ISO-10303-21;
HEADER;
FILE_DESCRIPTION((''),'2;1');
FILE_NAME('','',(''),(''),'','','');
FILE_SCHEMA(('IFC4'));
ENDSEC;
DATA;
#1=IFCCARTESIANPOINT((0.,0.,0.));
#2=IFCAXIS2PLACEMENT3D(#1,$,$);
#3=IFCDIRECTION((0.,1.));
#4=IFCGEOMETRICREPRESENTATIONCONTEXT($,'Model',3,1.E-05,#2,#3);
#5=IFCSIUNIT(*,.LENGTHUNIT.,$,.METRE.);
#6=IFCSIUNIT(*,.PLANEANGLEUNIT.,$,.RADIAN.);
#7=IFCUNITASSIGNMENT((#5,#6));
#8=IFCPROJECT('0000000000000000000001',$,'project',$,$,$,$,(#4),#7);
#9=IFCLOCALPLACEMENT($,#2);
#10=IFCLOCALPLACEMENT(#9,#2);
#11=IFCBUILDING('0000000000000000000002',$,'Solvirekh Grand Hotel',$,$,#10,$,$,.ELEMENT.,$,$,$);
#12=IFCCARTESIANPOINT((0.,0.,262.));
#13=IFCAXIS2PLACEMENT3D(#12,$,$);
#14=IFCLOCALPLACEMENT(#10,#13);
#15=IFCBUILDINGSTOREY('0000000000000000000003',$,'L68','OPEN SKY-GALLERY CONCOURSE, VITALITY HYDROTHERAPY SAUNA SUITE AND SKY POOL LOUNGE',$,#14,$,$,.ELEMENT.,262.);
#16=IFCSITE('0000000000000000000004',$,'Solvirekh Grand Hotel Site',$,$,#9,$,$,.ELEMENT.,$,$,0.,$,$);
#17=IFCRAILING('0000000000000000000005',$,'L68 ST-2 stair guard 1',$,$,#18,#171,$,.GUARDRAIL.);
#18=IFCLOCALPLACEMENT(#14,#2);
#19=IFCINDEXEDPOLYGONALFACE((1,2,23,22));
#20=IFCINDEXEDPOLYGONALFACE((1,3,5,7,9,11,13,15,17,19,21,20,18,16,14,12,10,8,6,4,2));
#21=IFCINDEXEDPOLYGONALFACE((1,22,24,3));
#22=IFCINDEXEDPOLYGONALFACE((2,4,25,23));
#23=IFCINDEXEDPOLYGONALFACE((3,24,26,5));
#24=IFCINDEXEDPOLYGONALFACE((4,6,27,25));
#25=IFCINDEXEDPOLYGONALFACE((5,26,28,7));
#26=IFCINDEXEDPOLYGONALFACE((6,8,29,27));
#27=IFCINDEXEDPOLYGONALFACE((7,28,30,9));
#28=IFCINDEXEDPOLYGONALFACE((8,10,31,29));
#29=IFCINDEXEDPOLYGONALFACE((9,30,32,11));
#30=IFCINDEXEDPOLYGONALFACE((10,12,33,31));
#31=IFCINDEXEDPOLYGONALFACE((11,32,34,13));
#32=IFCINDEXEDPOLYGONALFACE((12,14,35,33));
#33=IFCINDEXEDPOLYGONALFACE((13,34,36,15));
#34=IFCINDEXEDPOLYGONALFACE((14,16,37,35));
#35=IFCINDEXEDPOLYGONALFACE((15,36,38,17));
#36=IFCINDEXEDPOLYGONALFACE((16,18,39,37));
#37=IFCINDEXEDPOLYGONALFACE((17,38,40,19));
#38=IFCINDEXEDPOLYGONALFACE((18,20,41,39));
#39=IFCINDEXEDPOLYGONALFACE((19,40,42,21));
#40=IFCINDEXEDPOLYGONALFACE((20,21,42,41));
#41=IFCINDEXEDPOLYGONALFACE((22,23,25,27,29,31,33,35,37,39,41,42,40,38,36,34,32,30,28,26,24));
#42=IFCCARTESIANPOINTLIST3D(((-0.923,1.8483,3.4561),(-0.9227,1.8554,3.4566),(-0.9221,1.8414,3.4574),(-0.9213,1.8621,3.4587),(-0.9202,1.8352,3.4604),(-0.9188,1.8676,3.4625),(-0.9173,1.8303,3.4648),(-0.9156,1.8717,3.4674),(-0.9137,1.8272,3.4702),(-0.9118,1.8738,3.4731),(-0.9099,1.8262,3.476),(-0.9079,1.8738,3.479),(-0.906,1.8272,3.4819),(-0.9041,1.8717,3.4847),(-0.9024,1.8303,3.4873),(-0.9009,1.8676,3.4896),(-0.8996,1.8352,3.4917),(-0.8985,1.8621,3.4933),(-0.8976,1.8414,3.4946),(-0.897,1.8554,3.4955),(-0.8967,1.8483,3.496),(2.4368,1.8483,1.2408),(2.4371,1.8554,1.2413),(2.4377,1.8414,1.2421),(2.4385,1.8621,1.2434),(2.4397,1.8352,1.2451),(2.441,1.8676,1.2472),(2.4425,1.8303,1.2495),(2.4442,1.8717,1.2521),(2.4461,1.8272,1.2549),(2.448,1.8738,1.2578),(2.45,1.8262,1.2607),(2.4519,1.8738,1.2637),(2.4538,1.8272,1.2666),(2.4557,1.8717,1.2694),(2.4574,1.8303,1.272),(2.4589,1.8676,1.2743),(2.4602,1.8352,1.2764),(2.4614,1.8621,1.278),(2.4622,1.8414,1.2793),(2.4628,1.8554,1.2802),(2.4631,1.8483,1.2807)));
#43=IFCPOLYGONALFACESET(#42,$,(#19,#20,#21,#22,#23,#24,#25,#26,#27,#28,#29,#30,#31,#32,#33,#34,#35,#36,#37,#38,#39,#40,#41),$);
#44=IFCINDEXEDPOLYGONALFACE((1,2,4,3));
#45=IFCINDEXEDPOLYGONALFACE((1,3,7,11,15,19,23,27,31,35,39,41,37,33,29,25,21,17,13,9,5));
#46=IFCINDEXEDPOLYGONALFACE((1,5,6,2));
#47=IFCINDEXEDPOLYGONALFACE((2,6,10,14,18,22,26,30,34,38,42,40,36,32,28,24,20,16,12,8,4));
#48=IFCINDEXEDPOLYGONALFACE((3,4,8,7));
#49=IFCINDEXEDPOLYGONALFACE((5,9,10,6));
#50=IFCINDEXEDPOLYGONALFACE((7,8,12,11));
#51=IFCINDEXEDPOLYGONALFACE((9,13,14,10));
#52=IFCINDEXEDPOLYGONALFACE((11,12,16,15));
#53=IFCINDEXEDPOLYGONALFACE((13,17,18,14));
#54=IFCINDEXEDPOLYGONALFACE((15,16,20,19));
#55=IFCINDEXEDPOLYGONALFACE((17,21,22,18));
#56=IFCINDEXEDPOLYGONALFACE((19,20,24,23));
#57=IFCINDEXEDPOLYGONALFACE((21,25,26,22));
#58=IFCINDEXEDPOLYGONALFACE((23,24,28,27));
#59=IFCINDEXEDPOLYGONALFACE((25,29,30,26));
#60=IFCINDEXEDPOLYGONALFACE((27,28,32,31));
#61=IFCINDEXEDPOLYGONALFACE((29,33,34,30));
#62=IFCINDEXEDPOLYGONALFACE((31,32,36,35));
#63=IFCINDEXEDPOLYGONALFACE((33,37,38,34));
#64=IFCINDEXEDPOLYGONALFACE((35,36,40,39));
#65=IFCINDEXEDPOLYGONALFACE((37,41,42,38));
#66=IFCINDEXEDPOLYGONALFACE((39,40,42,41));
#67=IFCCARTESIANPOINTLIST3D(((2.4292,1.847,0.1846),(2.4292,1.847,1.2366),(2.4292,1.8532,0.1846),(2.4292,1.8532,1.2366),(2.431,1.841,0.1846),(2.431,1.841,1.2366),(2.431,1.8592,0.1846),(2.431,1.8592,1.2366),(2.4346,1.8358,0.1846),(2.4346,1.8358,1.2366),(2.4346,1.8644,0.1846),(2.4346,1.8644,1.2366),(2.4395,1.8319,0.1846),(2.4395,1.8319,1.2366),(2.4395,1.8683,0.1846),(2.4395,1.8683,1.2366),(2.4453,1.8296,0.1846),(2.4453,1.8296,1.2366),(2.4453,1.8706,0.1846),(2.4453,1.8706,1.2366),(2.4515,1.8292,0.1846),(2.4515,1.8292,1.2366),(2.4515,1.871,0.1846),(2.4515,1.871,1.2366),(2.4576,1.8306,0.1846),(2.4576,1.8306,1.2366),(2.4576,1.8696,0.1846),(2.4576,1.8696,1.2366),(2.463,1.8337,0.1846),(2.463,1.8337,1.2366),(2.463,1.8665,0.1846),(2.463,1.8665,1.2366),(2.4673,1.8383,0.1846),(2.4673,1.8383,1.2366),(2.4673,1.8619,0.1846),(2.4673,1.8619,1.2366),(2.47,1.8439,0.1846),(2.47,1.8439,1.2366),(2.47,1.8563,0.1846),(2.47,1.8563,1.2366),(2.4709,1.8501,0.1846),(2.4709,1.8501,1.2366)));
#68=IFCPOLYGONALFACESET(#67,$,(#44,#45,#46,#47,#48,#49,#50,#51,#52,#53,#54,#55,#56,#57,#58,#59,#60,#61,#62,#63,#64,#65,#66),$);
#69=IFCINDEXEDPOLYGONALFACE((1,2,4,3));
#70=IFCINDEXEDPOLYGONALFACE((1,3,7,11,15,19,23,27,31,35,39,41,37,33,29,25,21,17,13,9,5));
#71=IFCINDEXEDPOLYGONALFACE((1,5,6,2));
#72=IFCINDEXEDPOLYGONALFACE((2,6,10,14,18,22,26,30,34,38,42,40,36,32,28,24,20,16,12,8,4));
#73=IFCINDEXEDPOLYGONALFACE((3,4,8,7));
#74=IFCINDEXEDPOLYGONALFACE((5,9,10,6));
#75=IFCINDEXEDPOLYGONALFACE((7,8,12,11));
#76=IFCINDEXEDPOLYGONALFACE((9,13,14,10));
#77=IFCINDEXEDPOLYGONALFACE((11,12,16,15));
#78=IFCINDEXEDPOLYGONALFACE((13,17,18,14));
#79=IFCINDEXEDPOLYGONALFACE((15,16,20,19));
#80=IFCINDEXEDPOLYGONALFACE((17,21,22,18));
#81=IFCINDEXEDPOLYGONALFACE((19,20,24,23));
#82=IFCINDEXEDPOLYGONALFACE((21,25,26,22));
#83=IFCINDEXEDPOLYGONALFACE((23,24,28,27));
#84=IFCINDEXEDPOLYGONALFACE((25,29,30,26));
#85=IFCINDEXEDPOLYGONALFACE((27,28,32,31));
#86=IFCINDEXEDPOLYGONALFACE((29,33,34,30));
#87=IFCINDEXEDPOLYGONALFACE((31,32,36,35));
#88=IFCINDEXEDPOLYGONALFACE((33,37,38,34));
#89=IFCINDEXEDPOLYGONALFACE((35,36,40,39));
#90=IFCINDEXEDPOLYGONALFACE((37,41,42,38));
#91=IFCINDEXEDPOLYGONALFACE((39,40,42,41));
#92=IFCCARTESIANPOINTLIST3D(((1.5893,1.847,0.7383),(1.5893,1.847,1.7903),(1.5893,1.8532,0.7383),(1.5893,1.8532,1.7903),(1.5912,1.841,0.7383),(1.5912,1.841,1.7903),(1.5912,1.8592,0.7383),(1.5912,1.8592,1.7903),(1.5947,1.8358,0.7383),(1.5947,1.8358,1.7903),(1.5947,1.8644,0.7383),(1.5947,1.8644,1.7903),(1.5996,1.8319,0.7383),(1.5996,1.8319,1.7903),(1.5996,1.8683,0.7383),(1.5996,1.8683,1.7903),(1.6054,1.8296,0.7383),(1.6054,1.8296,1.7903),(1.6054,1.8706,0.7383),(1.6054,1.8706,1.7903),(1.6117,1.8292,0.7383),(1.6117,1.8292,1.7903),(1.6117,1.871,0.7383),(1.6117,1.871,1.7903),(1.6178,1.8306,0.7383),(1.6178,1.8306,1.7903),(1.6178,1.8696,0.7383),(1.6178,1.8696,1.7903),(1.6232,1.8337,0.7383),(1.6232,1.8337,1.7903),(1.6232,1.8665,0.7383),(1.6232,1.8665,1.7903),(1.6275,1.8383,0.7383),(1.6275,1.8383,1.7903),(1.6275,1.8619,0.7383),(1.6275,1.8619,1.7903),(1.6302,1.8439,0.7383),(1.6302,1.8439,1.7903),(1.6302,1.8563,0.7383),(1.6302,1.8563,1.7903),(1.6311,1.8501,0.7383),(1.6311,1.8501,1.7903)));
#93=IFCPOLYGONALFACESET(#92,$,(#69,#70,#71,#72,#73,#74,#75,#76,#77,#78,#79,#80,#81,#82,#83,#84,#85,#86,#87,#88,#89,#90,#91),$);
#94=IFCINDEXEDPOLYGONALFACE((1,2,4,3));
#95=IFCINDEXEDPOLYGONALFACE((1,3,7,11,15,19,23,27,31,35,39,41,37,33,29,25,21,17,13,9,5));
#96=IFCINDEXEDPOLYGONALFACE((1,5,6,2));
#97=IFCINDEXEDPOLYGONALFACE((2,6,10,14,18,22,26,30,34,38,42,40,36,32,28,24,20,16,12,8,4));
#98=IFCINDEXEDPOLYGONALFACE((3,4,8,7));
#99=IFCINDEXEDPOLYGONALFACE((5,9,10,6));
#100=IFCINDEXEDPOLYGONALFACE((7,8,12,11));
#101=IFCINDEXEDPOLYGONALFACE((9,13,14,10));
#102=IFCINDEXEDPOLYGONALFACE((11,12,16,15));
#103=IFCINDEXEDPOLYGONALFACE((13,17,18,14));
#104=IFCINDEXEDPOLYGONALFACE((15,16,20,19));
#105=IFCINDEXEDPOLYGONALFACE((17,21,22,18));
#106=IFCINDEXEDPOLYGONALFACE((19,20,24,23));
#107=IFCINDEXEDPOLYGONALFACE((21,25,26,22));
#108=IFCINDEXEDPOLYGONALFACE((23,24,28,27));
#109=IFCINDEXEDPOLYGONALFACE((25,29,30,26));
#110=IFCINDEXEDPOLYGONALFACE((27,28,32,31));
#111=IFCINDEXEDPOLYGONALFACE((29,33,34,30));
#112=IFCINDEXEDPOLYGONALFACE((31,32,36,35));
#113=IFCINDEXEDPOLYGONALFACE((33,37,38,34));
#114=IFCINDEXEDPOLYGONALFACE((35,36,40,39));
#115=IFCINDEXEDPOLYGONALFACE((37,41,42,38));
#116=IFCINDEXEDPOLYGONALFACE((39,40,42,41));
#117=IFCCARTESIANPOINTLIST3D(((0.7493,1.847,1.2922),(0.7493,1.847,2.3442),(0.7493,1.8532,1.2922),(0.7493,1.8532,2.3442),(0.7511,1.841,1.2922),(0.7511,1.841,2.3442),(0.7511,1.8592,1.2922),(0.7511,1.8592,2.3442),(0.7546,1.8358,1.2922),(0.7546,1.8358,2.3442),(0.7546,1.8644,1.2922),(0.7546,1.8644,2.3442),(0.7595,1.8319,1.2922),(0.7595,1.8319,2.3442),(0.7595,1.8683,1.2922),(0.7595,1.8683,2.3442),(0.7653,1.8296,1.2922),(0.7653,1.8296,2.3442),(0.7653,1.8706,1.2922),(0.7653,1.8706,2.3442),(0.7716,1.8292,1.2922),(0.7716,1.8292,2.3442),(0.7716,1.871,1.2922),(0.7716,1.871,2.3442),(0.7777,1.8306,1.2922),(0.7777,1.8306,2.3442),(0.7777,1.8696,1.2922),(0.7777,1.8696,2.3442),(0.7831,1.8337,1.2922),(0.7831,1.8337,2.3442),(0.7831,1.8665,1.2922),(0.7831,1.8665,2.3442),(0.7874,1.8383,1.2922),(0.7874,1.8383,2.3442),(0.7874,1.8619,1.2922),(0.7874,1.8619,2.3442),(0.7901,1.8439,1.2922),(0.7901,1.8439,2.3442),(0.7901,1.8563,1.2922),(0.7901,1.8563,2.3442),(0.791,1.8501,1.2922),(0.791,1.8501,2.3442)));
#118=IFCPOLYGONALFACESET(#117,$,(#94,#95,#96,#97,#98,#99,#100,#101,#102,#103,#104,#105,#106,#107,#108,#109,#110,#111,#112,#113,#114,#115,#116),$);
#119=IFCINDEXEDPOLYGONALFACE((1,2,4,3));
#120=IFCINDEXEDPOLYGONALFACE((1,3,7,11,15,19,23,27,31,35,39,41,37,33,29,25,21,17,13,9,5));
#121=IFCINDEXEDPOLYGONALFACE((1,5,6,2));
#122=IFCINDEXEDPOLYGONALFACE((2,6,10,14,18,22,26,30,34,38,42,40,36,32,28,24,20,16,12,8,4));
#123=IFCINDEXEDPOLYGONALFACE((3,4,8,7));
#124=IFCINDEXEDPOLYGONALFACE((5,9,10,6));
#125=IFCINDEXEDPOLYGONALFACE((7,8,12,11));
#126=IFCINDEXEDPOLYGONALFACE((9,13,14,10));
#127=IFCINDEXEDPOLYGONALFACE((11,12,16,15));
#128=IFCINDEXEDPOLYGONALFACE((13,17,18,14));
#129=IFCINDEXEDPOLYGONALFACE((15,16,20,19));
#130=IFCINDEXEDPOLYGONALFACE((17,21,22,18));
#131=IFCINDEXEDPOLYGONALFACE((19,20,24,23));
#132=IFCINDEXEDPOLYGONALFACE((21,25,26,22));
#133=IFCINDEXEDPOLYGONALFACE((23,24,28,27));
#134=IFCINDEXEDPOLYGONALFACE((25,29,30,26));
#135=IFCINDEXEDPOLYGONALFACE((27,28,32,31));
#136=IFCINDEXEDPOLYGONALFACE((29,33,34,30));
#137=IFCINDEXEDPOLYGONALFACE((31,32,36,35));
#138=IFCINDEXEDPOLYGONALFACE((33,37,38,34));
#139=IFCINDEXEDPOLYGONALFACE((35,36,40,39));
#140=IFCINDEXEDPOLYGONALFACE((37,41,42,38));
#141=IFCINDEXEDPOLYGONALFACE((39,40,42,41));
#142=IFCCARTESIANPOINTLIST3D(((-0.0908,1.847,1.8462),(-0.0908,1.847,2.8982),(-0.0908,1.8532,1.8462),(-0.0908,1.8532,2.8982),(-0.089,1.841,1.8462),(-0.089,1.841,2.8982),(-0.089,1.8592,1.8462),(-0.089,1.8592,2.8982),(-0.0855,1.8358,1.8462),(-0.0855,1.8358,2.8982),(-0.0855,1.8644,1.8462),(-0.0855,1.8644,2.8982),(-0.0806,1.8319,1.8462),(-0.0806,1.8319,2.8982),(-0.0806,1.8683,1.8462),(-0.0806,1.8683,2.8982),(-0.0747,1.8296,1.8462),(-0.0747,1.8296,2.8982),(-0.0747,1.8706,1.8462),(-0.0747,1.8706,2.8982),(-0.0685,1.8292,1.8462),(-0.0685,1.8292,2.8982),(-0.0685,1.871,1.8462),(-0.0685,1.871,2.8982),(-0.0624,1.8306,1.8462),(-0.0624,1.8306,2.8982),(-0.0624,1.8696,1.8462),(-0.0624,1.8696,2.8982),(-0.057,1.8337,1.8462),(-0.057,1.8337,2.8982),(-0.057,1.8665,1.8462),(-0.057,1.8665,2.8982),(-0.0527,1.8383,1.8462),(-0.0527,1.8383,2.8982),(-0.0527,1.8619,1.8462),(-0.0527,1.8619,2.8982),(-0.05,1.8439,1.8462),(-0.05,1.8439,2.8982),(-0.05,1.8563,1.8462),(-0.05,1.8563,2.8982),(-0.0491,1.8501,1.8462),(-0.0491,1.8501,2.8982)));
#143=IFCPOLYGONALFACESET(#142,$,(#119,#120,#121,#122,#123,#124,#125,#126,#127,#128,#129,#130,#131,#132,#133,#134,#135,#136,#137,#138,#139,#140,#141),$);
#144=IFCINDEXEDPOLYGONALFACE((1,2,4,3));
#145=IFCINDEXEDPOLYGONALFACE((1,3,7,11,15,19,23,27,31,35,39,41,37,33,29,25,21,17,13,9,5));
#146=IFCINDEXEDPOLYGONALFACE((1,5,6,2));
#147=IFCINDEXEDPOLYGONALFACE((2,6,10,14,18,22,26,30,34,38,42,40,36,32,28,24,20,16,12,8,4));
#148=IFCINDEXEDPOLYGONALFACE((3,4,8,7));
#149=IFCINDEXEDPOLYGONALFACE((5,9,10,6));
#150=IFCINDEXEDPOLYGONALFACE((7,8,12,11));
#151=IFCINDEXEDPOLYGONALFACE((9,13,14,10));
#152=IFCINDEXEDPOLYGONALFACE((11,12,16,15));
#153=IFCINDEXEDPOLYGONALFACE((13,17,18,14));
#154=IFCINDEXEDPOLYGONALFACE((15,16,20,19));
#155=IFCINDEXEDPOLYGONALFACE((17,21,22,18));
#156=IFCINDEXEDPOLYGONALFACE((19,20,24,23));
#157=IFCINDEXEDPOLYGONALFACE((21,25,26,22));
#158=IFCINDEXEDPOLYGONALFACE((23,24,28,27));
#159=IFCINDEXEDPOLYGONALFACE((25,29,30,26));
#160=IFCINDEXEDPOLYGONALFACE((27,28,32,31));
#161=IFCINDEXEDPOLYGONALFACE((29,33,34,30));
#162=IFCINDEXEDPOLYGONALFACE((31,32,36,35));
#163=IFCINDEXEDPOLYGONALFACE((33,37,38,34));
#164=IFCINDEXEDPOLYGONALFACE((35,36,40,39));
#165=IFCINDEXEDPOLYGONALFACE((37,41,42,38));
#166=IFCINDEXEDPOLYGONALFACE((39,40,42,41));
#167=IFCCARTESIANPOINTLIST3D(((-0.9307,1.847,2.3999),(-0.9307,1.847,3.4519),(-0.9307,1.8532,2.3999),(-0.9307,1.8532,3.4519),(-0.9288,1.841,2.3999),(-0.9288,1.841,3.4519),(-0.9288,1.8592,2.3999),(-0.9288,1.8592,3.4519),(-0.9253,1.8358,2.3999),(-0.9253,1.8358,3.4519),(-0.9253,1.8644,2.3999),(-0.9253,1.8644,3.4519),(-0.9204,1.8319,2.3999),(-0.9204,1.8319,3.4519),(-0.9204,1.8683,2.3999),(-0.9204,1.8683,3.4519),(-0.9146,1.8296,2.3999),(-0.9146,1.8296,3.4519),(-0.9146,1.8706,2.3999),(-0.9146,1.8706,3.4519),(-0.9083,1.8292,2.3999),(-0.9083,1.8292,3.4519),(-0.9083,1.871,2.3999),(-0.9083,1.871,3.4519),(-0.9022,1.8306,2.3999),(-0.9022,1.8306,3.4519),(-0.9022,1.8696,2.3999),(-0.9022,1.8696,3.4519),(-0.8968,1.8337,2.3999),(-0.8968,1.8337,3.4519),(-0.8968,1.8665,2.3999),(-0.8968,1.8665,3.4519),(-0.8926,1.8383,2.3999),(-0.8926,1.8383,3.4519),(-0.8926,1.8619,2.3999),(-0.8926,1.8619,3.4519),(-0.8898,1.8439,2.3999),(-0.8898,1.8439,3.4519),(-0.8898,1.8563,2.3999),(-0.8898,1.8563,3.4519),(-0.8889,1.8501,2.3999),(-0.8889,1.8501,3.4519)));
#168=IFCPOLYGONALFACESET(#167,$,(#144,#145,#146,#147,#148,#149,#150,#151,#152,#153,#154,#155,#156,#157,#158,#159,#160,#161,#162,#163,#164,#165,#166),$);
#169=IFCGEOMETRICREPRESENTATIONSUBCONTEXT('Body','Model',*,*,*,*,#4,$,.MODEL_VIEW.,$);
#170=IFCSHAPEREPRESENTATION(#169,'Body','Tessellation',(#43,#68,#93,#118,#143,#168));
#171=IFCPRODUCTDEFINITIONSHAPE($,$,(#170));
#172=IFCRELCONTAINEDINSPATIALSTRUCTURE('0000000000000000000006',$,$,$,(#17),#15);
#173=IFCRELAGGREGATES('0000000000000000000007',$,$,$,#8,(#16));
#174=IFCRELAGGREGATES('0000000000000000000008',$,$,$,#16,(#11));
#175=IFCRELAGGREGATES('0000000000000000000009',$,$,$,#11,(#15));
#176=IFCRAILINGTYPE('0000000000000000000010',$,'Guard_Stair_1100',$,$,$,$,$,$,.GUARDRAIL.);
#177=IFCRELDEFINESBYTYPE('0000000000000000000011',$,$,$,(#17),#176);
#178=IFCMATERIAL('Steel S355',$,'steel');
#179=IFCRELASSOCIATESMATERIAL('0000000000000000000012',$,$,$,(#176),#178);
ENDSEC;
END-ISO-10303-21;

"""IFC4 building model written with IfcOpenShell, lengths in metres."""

from ifc_helpers import new_model, si_unit, direction, frame, origin, origin_2d, place, context, subcontext, project, spatial, circle, extrude, material, type_object, element, save


model = new_model("IFC4")

# Units and contexts
model_context = context("Model", 3, precision=1e-05, world=origin(), true_north=direction((0.0, 1.0)))
body_context = subcontext(model_context, "Body", "Model", "MODEL_VIEW")
ifc_project = project(units=[si_unit("LENGTHUNIT", "METRE"), si_unit("PLANEANGLEUNIT", "RADIAN")], contexts=[model_context])

# Site, building, storey
site_placement = place(None, origin())
site = spatial("IfcSite", under=ifc_project, at=site_placement, Name="Solvirekh Grand Hotel Site", CompositionType="ELEMENT", RefElevation=0.0)
building_placement = place(site_placement, origin())
building = spatial("IfcBuilding", under=site, at=building_placement, Name="Solvirekh Grand Hotel", CompositionType="ELEMENT")
storey_placement = place(building_placement, frame((0.0, 0.0, 262.0)))
storey = spatial("IfcBuildingStorey", under=building, at=storey_placement, Name="L68", Description="OPEN SKY-GALLERY CONCOURSE, VITALITY HYDROTHERAPY SAUNA SUITE AND SKY POOL LOUNGE", CompositionType="ELEMENT", Elevation=262.0)

# Shared definitions
ifc_material_1 = material(Name="Steel S355", Category="steel")

# Railing
railing_type_1 = type_object("IfcRailingType", Name="Guard_Stair_1100", PredefinedType="GUARDRAIL", material=ifc_material_1)
railing_1_placement = place(storey_placement, frame((2.45, 1.8501, 0.1846)))
element("IfcRailing", 1, at=railing_1_placement, inside=storey, type_object=railing_type_1, Name="L68 ST-2 stair guard 1", PredefinedType="GUARDRAIL", context=body_context, shape_type="SweptSolid", body=[
    extrude(circle(Radius=0.0239, at=origin_2d()), frame((0.0, 0.0, 1.0762), z_axis=(-0.834858, 0.0, 0.550465), x_axis=(0.0, -1.0, 0.0)), (0.0, 0.0, 1.0), 4.0244),
    extrude(circle(Radius=0.021, at=origin_2d()), origin(), (0.0, 0.0, 1.0), 1.052),
    extrude(circle(Radius=0.021, at=origin_2d()), frame((-0.8398, 0.0, 0.5537)), (0.0, 0.0, 1.0), 1.052),
    extrude(circle(Radius=0.021, at=origin_2d()), frame((-1.6799, 0.0, 1.1077)), (0.0, 0.0, 1.0), 1.052),
    extrude(circle(Radius=0.021, at=origin_2d()), frame((-2.52, 0.0, 1.6616)), (0.0, 0.0, 1.0), 1.052),
    extrude(circle(Radius=0.021, at=origin_2d()), frame((-3.3599, 0.0, 2.2153)), (0.0, 0.0, 1.0), 1.052),
])

save(model, "model.ifc")
